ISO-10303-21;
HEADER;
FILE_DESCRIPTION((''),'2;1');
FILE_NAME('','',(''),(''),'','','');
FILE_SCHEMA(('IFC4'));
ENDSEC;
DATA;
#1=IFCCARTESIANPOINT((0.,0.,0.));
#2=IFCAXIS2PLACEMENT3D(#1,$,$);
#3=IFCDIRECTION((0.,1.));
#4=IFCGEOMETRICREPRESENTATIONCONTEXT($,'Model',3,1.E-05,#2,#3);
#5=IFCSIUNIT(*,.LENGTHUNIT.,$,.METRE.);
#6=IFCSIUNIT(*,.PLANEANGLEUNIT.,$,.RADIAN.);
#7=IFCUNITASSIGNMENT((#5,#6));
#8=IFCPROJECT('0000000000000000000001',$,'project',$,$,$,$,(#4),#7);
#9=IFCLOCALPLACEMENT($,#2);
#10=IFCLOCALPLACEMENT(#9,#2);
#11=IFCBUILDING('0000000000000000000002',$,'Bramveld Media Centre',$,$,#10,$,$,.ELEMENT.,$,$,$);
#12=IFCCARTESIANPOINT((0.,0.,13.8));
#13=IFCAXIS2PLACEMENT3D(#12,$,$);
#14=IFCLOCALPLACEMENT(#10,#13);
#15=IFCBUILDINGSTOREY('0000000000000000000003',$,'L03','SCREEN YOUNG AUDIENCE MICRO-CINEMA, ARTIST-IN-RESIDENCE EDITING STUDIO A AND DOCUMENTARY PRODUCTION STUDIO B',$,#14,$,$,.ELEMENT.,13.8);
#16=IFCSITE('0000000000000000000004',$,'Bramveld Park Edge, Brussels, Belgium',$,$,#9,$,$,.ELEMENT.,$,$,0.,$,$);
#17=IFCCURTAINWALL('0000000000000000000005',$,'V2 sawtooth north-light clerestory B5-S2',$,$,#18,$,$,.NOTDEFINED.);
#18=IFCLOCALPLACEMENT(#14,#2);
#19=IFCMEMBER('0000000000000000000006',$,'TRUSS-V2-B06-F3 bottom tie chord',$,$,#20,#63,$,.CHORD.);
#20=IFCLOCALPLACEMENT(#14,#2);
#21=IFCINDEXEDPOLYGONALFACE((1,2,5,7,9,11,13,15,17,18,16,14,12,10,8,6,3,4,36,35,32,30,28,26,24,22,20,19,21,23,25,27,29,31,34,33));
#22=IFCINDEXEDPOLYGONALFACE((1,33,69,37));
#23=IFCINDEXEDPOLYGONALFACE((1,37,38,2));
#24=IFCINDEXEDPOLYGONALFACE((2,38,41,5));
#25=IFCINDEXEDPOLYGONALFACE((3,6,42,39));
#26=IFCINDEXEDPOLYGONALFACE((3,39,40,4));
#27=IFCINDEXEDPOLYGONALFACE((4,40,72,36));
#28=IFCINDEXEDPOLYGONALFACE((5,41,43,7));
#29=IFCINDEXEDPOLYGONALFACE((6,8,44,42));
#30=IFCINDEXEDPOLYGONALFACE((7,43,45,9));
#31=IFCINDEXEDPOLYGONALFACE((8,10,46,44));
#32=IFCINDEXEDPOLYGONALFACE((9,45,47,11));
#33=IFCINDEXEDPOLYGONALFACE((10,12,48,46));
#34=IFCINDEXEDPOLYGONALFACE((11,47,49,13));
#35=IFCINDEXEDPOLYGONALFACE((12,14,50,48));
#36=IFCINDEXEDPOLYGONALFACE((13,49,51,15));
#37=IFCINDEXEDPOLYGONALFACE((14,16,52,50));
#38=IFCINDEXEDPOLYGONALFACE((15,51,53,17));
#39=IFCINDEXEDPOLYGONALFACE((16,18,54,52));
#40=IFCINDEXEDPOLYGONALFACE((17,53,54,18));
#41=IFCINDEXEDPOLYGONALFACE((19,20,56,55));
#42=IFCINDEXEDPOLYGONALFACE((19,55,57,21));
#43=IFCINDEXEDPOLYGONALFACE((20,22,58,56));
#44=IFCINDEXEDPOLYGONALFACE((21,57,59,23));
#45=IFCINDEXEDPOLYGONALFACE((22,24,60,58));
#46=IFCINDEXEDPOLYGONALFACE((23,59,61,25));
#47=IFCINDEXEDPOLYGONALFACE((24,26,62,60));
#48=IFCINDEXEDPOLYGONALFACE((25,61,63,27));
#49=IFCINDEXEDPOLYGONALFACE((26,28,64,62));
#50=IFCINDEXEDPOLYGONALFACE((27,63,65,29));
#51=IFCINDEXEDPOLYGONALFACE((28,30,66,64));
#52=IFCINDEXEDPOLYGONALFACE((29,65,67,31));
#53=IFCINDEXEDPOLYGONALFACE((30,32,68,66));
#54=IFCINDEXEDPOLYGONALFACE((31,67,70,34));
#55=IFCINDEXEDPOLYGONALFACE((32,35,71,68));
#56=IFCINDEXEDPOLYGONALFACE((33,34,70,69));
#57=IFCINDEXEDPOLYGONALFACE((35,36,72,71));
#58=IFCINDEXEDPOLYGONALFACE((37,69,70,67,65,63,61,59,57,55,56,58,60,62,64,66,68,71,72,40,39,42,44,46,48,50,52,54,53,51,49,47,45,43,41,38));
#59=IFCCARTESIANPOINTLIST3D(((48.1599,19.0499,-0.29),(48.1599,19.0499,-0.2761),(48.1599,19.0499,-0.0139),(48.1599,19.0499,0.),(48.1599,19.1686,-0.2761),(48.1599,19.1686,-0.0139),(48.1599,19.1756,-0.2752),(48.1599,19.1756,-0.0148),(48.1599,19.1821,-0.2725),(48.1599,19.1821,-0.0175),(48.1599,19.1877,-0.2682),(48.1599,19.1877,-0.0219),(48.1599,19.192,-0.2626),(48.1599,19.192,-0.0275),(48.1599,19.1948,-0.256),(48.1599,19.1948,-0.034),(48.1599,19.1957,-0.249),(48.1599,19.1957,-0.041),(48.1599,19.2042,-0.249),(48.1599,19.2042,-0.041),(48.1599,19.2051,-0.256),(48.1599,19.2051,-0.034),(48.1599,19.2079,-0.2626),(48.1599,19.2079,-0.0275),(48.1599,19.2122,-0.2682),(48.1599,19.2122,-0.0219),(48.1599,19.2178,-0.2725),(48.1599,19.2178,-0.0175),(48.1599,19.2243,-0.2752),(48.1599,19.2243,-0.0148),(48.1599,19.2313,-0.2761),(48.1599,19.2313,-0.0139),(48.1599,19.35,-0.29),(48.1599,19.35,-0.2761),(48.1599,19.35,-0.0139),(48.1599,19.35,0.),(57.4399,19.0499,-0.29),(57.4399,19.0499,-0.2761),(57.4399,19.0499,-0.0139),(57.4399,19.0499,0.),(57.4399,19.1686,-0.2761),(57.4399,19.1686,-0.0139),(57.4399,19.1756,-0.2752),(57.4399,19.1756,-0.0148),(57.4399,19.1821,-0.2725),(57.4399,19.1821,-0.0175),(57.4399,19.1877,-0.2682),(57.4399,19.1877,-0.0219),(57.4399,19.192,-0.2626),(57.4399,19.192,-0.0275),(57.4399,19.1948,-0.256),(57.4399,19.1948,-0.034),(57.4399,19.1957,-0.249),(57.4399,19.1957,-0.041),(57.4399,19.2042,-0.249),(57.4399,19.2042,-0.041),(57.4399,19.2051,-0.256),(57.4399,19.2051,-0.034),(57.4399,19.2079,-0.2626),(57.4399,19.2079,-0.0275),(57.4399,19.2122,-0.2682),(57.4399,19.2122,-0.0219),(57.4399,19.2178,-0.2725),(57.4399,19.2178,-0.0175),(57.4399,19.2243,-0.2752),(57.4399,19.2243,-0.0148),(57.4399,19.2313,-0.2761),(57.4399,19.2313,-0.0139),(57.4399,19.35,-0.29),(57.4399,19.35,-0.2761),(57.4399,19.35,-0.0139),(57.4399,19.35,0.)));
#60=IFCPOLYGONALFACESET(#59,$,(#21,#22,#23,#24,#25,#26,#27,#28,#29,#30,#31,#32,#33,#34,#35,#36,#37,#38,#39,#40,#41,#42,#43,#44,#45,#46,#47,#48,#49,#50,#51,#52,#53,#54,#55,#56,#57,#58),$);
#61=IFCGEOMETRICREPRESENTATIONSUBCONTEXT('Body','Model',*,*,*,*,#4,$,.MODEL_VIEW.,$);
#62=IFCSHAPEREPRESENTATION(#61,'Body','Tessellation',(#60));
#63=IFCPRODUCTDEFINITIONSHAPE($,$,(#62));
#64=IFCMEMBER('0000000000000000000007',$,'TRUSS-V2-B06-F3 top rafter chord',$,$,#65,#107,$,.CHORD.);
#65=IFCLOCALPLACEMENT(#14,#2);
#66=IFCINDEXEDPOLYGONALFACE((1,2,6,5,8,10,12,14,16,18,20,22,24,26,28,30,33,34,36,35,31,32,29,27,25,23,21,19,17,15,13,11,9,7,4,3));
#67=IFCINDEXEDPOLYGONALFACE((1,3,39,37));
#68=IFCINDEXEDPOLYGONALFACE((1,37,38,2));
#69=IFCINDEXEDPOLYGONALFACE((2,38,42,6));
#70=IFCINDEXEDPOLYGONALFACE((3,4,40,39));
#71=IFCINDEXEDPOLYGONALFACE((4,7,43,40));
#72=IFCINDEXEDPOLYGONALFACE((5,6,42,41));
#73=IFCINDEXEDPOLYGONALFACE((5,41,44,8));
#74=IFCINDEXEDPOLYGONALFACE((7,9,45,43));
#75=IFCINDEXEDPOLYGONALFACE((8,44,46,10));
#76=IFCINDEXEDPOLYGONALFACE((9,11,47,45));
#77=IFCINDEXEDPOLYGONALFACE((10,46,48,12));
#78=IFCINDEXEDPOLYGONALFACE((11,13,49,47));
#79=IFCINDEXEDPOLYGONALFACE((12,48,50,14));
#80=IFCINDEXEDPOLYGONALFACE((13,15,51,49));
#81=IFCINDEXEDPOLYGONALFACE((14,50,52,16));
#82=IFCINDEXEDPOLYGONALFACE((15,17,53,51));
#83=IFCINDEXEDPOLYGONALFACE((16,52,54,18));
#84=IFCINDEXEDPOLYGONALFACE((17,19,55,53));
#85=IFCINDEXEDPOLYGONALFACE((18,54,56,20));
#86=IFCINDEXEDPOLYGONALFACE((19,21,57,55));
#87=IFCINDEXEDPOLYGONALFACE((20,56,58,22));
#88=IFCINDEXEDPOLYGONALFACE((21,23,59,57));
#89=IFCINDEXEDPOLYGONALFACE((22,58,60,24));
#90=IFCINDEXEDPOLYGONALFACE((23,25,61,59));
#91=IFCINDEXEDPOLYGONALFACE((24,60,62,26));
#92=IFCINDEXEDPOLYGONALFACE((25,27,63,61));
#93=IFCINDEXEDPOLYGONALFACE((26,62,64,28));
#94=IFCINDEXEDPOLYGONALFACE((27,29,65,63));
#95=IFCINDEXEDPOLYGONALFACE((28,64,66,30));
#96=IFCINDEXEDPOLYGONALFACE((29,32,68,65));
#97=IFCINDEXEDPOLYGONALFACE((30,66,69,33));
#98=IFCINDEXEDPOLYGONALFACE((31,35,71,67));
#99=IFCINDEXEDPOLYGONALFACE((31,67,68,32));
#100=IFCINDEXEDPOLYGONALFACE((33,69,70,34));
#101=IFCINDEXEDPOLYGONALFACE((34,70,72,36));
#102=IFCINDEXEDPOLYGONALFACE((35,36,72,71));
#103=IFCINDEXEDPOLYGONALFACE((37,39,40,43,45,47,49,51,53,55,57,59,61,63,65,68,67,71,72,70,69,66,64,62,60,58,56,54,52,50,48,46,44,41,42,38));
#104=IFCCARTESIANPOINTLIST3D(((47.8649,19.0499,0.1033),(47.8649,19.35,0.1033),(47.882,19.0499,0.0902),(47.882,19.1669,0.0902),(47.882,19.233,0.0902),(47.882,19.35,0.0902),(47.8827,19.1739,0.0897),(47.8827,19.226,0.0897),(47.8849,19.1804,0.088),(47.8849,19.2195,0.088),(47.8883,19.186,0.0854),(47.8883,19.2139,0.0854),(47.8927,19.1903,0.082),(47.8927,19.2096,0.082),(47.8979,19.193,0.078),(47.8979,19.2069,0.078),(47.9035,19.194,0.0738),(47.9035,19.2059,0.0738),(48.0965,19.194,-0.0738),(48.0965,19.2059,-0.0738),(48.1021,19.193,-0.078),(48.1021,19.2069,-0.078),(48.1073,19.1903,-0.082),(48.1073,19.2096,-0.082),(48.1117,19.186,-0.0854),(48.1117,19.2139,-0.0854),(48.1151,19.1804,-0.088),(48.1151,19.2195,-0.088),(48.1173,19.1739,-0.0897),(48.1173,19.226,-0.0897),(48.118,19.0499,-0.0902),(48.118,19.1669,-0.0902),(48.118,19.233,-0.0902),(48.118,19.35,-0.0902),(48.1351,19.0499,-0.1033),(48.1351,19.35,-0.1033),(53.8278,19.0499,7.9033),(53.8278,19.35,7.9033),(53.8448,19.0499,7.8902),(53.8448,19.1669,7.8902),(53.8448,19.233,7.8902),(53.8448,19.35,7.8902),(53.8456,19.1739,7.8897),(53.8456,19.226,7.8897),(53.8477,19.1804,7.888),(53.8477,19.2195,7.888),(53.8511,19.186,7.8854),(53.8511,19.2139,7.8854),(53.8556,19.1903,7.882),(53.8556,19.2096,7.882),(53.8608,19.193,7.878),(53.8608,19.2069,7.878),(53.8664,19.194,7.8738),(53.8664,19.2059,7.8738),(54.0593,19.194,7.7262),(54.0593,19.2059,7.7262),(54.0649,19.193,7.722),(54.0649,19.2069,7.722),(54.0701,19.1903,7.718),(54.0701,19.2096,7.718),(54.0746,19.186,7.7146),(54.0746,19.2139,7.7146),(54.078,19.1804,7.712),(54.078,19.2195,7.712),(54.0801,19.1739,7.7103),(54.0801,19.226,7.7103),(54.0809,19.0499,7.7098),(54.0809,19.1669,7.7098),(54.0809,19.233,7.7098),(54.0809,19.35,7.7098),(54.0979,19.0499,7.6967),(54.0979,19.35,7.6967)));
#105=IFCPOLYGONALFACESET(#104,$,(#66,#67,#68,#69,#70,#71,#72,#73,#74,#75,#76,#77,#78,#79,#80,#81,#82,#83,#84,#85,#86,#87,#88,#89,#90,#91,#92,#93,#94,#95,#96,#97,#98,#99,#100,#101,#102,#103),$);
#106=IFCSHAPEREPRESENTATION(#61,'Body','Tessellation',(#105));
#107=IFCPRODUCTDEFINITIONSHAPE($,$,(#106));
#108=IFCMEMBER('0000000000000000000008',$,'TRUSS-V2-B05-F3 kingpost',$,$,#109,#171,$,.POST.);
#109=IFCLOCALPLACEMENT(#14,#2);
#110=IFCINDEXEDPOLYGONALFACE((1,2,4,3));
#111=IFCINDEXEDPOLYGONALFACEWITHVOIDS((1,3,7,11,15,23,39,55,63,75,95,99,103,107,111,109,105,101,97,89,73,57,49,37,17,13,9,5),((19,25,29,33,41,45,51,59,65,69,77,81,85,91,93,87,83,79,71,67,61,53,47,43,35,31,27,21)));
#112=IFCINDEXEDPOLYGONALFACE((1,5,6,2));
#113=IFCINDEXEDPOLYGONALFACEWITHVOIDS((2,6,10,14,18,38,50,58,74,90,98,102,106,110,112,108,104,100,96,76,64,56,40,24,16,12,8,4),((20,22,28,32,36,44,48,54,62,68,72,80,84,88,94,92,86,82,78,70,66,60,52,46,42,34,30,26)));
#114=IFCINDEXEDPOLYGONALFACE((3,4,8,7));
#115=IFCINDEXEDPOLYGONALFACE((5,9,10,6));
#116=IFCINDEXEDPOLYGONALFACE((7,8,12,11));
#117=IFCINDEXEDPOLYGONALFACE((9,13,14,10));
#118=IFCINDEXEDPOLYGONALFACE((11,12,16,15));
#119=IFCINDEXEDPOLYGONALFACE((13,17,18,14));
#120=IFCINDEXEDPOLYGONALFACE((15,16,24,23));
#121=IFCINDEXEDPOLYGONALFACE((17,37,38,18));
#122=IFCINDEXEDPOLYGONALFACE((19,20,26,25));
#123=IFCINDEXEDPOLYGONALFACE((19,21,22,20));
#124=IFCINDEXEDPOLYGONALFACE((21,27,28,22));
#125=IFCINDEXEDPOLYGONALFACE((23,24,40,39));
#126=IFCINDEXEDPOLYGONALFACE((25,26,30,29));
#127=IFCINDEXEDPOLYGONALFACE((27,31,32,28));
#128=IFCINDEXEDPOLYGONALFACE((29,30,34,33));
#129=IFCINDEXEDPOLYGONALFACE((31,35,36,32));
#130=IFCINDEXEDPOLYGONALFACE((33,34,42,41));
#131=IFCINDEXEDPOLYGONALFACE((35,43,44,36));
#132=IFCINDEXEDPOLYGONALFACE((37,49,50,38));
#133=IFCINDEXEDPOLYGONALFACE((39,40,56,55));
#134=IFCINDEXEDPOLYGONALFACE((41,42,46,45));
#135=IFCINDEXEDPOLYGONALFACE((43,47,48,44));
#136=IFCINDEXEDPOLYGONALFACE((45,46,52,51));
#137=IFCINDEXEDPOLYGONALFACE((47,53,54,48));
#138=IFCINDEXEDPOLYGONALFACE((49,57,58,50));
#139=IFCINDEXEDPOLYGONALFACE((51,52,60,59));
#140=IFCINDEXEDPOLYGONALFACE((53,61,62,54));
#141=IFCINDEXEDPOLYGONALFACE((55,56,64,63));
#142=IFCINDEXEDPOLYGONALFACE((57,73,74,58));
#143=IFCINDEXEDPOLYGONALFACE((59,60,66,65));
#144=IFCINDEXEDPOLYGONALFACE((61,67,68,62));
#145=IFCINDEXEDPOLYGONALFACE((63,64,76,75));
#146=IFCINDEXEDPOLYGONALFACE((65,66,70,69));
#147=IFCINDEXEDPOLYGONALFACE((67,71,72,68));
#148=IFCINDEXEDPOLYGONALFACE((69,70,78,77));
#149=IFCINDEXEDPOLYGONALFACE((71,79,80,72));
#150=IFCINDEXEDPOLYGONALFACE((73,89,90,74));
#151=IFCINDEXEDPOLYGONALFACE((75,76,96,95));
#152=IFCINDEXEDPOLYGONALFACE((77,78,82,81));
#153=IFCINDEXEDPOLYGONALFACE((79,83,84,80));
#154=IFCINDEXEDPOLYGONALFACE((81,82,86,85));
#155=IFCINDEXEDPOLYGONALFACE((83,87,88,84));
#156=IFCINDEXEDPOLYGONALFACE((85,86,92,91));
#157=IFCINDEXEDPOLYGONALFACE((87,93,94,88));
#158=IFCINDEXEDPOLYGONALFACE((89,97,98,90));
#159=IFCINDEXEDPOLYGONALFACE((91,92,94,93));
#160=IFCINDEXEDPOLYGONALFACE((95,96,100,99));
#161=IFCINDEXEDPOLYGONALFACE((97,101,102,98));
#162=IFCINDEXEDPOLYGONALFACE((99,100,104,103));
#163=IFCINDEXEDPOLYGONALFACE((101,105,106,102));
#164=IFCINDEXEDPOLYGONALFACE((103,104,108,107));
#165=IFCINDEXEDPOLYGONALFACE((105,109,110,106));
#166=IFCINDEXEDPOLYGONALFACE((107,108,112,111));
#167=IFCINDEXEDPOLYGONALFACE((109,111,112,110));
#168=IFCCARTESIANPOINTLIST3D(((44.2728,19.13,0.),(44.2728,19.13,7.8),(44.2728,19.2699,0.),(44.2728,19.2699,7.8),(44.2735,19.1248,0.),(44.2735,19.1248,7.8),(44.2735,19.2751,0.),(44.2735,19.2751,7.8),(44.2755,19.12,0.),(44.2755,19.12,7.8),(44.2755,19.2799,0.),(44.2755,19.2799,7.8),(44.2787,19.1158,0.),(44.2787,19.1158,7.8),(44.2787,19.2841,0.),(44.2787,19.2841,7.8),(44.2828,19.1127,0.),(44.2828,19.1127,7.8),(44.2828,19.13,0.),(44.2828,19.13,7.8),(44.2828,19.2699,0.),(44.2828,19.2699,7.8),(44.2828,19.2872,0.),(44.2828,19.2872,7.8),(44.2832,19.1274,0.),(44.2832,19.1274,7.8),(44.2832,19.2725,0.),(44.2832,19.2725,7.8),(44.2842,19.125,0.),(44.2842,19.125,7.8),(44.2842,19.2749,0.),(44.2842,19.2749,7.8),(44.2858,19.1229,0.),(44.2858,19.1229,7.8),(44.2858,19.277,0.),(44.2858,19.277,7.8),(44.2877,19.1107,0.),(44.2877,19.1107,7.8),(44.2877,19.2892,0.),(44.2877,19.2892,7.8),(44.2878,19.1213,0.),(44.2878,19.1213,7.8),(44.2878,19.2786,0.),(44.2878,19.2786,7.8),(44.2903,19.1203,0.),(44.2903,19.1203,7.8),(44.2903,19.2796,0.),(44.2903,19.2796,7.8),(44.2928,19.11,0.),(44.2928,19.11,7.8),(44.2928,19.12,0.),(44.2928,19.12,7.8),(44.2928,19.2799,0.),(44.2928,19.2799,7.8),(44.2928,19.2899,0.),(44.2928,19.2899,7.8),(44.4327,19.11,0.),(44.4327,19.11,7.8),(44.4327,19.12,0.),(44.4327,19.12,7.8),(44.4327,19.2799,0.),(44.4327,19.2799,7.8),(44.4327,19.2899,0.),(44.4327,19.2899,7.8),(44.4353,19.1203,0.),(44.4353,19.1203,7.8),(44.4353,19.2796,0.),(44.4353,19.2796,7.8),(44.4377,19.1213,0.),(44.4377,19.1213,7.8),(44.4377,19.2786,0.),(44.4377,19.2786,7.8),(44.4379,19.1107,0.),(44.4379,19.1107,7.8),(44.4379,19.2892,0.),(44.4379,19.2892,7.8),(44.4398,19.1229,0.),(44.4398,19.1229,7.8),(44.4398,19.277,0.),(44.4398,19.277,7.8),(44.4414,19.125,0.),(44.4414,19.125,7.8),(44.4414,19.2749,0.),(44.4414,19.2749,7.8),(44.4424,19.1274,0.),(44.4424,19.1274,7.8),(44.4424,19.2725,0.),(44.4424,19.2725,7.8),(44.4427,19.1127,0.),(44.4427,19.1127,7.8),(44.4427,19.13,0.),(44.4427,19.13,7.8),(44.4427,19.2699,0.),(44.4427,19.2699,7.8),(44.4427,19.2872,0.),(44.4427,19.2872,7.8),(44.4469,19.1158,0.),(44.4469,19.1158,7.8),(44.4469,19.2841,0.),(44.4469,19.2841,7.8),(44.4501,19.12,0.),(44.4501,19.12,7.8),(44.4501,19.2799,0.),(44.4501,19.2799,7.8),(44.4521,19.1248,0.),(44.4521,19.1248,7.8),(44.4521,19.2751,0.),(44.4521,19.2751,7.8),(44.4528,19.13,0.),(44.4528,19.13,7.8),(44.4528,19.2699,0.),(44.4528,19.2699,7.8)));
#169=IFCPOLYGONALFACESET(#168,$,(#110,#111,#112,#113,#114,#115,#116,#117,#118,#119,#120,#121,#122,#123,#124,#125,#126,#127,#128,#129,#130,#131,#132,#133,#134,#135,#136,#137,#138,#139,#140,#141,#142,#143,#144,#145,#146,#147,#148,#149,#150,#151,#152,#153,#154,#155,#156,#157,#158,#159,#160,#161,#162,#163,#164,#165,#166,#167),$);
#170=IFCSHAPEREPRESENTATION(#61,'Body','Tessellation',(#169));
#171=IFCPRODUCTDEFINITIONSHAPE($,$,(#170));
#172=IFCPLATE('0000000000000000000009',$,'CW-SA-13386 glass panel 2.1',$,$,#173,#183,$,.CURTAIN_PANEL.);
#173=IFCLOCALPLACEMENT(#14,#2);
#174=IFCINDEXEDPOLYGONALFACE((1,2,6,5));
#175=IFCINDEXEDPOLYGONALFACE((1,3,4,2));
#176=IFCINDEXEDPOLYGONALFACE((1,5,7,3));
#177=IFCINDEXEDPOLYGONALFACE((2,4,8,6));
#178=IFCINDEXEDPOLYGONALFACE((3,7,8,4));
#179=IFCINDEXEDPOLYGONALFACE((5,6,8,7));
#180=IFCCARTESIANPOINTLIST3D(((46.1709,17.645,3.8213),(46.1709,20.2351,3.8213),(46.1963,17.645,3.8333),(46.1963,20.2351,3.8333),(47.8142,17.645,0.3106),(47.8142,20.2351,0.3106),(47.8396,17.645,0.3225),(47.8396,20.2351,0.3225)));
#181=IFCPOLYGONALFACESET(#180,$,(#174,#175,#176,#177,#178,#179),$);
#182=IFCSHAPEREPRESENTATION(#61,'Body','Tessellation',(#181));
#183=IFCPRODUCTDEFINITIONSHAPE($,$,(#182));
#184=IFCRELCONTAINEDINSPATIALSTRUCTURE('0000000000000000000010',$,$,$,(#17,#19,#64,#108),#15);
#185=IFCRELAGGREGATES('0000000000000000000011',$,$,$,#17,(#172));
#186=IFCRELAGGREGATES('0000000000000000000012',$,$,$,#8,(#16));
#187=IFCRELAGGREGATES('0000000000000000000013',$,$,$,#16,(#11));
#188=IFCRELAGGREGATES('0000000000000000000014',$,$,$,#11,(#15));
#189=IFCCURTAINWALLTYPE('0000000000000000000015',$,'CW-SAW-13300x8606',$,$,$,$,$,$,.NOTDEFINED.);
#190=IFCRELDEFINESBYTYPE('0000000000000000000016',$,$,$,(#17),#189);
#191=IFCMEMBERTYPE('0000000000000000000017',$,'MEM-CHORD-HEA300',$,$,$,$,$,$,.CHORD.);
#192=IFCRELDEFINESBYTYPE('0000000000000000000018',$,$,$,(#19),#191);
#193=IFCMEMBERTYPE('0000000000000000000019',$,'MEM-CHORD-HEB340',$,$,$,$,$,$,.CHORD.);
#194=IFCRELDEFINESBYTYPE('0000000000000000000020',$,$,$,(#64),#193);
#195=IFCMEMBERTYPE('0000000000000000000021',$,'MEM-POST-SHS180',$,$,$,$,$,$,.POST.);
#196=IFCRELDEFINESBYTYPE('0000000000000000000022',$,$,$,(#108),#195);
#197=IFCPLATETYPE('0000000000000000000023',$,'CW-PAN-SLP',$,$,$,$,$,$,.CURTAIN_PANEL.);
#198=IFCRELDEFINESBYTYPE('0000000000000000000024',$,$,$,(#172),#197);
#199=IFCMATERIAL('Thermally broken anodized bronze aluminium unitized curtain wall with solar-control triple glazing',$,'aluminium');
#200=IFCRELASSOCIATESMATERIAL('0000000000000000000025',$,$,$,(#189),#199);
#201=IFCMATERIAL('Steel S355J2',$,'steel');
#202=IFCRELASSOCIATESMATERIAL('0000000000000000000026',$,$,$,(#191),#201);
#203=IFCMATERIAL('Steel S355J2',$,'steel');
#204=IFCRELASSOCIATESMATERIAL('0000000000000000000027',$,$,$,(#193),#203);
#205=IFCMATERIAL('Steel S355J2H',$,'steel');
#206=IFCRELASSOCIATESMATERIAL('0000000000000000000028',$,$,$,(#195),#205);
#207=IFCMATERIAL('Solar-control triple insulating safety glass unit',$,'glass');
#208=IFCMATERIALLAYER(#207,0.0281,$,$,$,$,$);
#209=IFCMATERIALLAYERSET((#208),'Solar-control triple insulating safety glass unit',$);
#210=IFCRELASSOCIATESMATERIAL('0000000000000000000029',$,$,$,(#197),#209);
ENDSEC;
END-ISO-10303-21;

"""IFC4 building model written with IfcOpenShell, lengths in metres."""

from ifc_helpers import new_model, si_unit, direction, frame, origin, origin_2d, place, context, subcontext, project, spatial, polyline, hollow_rectangle, i_section, outline, extrude, material, layer, layer_set, material_profile, profile_set, type_object, element, aggregate, save


model = new_model("IFC4")

# Units and contexts
model_context = context("Model", 3, precision=1e-05, world=origin(), true_north=direction((0.0, 1.0)))
body_context = subcontext(model_context, "Body", "Model", "MODEL_VIEW")
ifc_project = project(units=[si_unit("LENGTHUNIT", "METRE"), si_unit("PLANEANGLEUNIT", "RADIAN")], contexts=[model_context])

# Site, building, storey
site_placement = place(None, origin())
site = spatial("IfcSite", under=ifc_project, at=site_placement, Name="Bramveld Park Edge, Brussels, Belgium", CompositionType="ELEMENT", RefElevation=0.0)
building_placement = place(site_placement, origin())
building = spatial("IfcBuilding", under=site, at=building_placement, Name="Bramveld Media Centre", CompositionType="ELEMENT")
storey_placement = place(building_placement, frame((0.0, 0.0, 13.8)))
storey = spatial("IfcBuildingStorey", under=building, at=storey_placement, Name="L03", Description="SCREEN YOUNG AUDIENCE MICRO-CINEMA, ARTIST-IN-RESIDENCE EDITING STUDIO A AND DOCUMENTARY PRODUCTION STUDIO B", CompositionType="ELEMENT", Elevation=13.8)

# Curtain wall
ifc_material_1 = material(Name="Thermally broken anodized bronze aluminium unitized curtain wall with solar-control triple glazing", Category="aluminium")
curtain_wall_type = type_object("IfcCurtainWallType", Name="CW-SAW-13300x8606", PredefinedType="NOTDEFINED", material=ifc_material_1)
curtain_wall_placement = place(storey_placement, origin())
curtain_wall = element("IfcCurtainWall", 1, at=curtain_wall_placement, inside=storey, type_object=curtain_wall_type, Name="V2 sawtooth north-light clerestory B5-S2", PredefinedType="NOTDEFINED")

# Members
ifc_material_2 = material(Name="Steel S355J2", Category="steel")
ifc_material_profile_1 = material_profile(ifc_material_2, i_section(OverallWidth=0.3, OverallDepth=0.29, WebThickness=0.0085, FlangeThickness=0.0139, FilletRadius=0.0271, at=origin_2d()), Name="HEA 300")
ifc_profile_set_1 = profile_set([ifc_material_profile_1], Name="Steel S355J2")
member_type_1 = type_object("IfcMemberType", Name="MEM-CHORD-HEA300", PredefinedType="CHORD", material=ifc_profile_set_1)
member_1_placement = place(storey_placement, frame((48.1599, 19.2, -0.145), z_axis=(1.0, 0.0, 0.0), x_axis=(0.0, 1.0, 0.0)))
element("IfcMember", 2, at=member_1_placement, inside=storey, type_object=member_type_1, Name="TRUSS-V2-B06-F3 bottom tie chord", PredefinedType="CHORD", context=body_context, shape_type="SweptSolid", body=[
    extrude(i_section(OverallWidth=0.3, OverallDepth=0.29, WebThickness=0.0085, FlangeThickness=0.0139, FilletRadius=0.0271, at=origin_2d()), origin(), (0.0, 0.0, 1.0), 9.28),
])
ifc_material_3 = material(Name="Steel S355J2", Category="steel")
ifc_material_profile_2 = material_profile(ifc_material_3, i_section(OverallWidth=0.3, OverallDepth=0.3401, WebThickness=0.012, FlangeThickness=0.0215, FilletRadius=0.0271, at=origin_2d()), Name="HEB 340")
ifc_profile_set_2 = profile_set([ifc_material_profile_2], Name="Steel S355J2")
member_type_2 = type_object("IfcMemberType", Name="MEM-CHORD-HEB340", PredefinedType="CHORD", material=ifc_profile_set_2)
member_2_placement = place(storey_placement, frame((48.0, 19.2, 0.0), z_axis=(0.607331, 0.0, 0.794449), x_axis=(0.0, 1.0, 0.0)))
element("IfcMember", 3, at=member_2_placement, inside=storey, type_object=member_type_2, Name="TRUSS-V2-B06-F3 top rafter chord", PredefinedType="CHORD", context=body_context, shape_type="SweptSolid", body=[
    extrude(i_section(OverallWidth=0.3, OverallDepth=0.3401, WebThickness=0.012, FlangeThickness=0.0215, FilletRadius=0.0271, at=origin_2d()), origin(), (0.0, 0.0, 1.0), 9.8181),
])
ifc_material_4 = material(Name="Steel S355J2H", Category="steel")
ifc_material_profile_3 = material_profile(ifc_material_4, hollow_rectangle(XDim=0.1799, YDim=0.1799, WallThickness=0.01, InnerFilletRadius=0.01, OuterFilletRadius=0.02, at=origin_2d()), Name="SHS 180x180x10")
ifc_profile_set_3 = profile_set([ifc_material_profile_3], Name="Steel S355J2H")
member_type_3 = type_object("IfcMemberType", Name="MEM-POST-SHS180", PredefinedType="POST", material=ifc_profile_set_3)
member_3_placement = place(storey_placement, frame((44.3628, 19.2, 0.0), z_axis=(0.0, 0.0, 1.0), x_axis=(1.0, 0.0, 0.0)))
element("IfcMember", 4, at=member_3_placement, inside=storey, type_object=member_type_3, Name="TRUSS-V2-B05-F3 kingpost", PredefinedType="POST", context=body_context, shape_type="SweptSolid", body=[
    extrude(hollow_rectangle(XDim=0.1799, YDim=0.1799, WallThickness=0.01, InnerFilletRadius=0.01, OuterFilletRadius=0.02, at=origin_2d()), origin(), (0.0, 0.0, 1.0), 7.8),
])

# Plate
ifc_material_5 = material(Name="Solar-control triple insulating safety glass unit", Category="glass")
ifc_layer_1 = layer(ifc_material_5, 0.0281)
ifc_layer_set_1 = layer_set([ifc_layer_1], Name="Solar-control triple insulating safety glass unit")
plate_type_1 = type_object("IfcPlateType", Name="CW-PAN-SLP", PredefinedType="CURTAIN_PANEL", material=ifc_layer_set_1)
plate_1_placement = place(storey_placement, frame((47.8396, 17.645, 0.3225), z_axis=(0.905692, 0.0, 0.423937), x_axis=(0.0, 1.0, 0.0)))
plate_1 = element("IfcPlate", 5, at=plate_1_placement, type_object=plate_type_1, Name="CW-SA-13386 glass panel 2.1", PredefinedType="CURTAIN_PANEL", context=body_context, shape_type="SweptSolid", body=[
    extrude(outline(polyline([(0.0, 0.0), (2.5901, 0.0), (2.5901, 3.8763), (0.0, 3.8763), (0.0, 0.0)])), origin(), (0.0, 0.0, -1.0), 0.0281),
])
aggregate(curtain_wall, [plate_1])

save(model, "model.ifc")
